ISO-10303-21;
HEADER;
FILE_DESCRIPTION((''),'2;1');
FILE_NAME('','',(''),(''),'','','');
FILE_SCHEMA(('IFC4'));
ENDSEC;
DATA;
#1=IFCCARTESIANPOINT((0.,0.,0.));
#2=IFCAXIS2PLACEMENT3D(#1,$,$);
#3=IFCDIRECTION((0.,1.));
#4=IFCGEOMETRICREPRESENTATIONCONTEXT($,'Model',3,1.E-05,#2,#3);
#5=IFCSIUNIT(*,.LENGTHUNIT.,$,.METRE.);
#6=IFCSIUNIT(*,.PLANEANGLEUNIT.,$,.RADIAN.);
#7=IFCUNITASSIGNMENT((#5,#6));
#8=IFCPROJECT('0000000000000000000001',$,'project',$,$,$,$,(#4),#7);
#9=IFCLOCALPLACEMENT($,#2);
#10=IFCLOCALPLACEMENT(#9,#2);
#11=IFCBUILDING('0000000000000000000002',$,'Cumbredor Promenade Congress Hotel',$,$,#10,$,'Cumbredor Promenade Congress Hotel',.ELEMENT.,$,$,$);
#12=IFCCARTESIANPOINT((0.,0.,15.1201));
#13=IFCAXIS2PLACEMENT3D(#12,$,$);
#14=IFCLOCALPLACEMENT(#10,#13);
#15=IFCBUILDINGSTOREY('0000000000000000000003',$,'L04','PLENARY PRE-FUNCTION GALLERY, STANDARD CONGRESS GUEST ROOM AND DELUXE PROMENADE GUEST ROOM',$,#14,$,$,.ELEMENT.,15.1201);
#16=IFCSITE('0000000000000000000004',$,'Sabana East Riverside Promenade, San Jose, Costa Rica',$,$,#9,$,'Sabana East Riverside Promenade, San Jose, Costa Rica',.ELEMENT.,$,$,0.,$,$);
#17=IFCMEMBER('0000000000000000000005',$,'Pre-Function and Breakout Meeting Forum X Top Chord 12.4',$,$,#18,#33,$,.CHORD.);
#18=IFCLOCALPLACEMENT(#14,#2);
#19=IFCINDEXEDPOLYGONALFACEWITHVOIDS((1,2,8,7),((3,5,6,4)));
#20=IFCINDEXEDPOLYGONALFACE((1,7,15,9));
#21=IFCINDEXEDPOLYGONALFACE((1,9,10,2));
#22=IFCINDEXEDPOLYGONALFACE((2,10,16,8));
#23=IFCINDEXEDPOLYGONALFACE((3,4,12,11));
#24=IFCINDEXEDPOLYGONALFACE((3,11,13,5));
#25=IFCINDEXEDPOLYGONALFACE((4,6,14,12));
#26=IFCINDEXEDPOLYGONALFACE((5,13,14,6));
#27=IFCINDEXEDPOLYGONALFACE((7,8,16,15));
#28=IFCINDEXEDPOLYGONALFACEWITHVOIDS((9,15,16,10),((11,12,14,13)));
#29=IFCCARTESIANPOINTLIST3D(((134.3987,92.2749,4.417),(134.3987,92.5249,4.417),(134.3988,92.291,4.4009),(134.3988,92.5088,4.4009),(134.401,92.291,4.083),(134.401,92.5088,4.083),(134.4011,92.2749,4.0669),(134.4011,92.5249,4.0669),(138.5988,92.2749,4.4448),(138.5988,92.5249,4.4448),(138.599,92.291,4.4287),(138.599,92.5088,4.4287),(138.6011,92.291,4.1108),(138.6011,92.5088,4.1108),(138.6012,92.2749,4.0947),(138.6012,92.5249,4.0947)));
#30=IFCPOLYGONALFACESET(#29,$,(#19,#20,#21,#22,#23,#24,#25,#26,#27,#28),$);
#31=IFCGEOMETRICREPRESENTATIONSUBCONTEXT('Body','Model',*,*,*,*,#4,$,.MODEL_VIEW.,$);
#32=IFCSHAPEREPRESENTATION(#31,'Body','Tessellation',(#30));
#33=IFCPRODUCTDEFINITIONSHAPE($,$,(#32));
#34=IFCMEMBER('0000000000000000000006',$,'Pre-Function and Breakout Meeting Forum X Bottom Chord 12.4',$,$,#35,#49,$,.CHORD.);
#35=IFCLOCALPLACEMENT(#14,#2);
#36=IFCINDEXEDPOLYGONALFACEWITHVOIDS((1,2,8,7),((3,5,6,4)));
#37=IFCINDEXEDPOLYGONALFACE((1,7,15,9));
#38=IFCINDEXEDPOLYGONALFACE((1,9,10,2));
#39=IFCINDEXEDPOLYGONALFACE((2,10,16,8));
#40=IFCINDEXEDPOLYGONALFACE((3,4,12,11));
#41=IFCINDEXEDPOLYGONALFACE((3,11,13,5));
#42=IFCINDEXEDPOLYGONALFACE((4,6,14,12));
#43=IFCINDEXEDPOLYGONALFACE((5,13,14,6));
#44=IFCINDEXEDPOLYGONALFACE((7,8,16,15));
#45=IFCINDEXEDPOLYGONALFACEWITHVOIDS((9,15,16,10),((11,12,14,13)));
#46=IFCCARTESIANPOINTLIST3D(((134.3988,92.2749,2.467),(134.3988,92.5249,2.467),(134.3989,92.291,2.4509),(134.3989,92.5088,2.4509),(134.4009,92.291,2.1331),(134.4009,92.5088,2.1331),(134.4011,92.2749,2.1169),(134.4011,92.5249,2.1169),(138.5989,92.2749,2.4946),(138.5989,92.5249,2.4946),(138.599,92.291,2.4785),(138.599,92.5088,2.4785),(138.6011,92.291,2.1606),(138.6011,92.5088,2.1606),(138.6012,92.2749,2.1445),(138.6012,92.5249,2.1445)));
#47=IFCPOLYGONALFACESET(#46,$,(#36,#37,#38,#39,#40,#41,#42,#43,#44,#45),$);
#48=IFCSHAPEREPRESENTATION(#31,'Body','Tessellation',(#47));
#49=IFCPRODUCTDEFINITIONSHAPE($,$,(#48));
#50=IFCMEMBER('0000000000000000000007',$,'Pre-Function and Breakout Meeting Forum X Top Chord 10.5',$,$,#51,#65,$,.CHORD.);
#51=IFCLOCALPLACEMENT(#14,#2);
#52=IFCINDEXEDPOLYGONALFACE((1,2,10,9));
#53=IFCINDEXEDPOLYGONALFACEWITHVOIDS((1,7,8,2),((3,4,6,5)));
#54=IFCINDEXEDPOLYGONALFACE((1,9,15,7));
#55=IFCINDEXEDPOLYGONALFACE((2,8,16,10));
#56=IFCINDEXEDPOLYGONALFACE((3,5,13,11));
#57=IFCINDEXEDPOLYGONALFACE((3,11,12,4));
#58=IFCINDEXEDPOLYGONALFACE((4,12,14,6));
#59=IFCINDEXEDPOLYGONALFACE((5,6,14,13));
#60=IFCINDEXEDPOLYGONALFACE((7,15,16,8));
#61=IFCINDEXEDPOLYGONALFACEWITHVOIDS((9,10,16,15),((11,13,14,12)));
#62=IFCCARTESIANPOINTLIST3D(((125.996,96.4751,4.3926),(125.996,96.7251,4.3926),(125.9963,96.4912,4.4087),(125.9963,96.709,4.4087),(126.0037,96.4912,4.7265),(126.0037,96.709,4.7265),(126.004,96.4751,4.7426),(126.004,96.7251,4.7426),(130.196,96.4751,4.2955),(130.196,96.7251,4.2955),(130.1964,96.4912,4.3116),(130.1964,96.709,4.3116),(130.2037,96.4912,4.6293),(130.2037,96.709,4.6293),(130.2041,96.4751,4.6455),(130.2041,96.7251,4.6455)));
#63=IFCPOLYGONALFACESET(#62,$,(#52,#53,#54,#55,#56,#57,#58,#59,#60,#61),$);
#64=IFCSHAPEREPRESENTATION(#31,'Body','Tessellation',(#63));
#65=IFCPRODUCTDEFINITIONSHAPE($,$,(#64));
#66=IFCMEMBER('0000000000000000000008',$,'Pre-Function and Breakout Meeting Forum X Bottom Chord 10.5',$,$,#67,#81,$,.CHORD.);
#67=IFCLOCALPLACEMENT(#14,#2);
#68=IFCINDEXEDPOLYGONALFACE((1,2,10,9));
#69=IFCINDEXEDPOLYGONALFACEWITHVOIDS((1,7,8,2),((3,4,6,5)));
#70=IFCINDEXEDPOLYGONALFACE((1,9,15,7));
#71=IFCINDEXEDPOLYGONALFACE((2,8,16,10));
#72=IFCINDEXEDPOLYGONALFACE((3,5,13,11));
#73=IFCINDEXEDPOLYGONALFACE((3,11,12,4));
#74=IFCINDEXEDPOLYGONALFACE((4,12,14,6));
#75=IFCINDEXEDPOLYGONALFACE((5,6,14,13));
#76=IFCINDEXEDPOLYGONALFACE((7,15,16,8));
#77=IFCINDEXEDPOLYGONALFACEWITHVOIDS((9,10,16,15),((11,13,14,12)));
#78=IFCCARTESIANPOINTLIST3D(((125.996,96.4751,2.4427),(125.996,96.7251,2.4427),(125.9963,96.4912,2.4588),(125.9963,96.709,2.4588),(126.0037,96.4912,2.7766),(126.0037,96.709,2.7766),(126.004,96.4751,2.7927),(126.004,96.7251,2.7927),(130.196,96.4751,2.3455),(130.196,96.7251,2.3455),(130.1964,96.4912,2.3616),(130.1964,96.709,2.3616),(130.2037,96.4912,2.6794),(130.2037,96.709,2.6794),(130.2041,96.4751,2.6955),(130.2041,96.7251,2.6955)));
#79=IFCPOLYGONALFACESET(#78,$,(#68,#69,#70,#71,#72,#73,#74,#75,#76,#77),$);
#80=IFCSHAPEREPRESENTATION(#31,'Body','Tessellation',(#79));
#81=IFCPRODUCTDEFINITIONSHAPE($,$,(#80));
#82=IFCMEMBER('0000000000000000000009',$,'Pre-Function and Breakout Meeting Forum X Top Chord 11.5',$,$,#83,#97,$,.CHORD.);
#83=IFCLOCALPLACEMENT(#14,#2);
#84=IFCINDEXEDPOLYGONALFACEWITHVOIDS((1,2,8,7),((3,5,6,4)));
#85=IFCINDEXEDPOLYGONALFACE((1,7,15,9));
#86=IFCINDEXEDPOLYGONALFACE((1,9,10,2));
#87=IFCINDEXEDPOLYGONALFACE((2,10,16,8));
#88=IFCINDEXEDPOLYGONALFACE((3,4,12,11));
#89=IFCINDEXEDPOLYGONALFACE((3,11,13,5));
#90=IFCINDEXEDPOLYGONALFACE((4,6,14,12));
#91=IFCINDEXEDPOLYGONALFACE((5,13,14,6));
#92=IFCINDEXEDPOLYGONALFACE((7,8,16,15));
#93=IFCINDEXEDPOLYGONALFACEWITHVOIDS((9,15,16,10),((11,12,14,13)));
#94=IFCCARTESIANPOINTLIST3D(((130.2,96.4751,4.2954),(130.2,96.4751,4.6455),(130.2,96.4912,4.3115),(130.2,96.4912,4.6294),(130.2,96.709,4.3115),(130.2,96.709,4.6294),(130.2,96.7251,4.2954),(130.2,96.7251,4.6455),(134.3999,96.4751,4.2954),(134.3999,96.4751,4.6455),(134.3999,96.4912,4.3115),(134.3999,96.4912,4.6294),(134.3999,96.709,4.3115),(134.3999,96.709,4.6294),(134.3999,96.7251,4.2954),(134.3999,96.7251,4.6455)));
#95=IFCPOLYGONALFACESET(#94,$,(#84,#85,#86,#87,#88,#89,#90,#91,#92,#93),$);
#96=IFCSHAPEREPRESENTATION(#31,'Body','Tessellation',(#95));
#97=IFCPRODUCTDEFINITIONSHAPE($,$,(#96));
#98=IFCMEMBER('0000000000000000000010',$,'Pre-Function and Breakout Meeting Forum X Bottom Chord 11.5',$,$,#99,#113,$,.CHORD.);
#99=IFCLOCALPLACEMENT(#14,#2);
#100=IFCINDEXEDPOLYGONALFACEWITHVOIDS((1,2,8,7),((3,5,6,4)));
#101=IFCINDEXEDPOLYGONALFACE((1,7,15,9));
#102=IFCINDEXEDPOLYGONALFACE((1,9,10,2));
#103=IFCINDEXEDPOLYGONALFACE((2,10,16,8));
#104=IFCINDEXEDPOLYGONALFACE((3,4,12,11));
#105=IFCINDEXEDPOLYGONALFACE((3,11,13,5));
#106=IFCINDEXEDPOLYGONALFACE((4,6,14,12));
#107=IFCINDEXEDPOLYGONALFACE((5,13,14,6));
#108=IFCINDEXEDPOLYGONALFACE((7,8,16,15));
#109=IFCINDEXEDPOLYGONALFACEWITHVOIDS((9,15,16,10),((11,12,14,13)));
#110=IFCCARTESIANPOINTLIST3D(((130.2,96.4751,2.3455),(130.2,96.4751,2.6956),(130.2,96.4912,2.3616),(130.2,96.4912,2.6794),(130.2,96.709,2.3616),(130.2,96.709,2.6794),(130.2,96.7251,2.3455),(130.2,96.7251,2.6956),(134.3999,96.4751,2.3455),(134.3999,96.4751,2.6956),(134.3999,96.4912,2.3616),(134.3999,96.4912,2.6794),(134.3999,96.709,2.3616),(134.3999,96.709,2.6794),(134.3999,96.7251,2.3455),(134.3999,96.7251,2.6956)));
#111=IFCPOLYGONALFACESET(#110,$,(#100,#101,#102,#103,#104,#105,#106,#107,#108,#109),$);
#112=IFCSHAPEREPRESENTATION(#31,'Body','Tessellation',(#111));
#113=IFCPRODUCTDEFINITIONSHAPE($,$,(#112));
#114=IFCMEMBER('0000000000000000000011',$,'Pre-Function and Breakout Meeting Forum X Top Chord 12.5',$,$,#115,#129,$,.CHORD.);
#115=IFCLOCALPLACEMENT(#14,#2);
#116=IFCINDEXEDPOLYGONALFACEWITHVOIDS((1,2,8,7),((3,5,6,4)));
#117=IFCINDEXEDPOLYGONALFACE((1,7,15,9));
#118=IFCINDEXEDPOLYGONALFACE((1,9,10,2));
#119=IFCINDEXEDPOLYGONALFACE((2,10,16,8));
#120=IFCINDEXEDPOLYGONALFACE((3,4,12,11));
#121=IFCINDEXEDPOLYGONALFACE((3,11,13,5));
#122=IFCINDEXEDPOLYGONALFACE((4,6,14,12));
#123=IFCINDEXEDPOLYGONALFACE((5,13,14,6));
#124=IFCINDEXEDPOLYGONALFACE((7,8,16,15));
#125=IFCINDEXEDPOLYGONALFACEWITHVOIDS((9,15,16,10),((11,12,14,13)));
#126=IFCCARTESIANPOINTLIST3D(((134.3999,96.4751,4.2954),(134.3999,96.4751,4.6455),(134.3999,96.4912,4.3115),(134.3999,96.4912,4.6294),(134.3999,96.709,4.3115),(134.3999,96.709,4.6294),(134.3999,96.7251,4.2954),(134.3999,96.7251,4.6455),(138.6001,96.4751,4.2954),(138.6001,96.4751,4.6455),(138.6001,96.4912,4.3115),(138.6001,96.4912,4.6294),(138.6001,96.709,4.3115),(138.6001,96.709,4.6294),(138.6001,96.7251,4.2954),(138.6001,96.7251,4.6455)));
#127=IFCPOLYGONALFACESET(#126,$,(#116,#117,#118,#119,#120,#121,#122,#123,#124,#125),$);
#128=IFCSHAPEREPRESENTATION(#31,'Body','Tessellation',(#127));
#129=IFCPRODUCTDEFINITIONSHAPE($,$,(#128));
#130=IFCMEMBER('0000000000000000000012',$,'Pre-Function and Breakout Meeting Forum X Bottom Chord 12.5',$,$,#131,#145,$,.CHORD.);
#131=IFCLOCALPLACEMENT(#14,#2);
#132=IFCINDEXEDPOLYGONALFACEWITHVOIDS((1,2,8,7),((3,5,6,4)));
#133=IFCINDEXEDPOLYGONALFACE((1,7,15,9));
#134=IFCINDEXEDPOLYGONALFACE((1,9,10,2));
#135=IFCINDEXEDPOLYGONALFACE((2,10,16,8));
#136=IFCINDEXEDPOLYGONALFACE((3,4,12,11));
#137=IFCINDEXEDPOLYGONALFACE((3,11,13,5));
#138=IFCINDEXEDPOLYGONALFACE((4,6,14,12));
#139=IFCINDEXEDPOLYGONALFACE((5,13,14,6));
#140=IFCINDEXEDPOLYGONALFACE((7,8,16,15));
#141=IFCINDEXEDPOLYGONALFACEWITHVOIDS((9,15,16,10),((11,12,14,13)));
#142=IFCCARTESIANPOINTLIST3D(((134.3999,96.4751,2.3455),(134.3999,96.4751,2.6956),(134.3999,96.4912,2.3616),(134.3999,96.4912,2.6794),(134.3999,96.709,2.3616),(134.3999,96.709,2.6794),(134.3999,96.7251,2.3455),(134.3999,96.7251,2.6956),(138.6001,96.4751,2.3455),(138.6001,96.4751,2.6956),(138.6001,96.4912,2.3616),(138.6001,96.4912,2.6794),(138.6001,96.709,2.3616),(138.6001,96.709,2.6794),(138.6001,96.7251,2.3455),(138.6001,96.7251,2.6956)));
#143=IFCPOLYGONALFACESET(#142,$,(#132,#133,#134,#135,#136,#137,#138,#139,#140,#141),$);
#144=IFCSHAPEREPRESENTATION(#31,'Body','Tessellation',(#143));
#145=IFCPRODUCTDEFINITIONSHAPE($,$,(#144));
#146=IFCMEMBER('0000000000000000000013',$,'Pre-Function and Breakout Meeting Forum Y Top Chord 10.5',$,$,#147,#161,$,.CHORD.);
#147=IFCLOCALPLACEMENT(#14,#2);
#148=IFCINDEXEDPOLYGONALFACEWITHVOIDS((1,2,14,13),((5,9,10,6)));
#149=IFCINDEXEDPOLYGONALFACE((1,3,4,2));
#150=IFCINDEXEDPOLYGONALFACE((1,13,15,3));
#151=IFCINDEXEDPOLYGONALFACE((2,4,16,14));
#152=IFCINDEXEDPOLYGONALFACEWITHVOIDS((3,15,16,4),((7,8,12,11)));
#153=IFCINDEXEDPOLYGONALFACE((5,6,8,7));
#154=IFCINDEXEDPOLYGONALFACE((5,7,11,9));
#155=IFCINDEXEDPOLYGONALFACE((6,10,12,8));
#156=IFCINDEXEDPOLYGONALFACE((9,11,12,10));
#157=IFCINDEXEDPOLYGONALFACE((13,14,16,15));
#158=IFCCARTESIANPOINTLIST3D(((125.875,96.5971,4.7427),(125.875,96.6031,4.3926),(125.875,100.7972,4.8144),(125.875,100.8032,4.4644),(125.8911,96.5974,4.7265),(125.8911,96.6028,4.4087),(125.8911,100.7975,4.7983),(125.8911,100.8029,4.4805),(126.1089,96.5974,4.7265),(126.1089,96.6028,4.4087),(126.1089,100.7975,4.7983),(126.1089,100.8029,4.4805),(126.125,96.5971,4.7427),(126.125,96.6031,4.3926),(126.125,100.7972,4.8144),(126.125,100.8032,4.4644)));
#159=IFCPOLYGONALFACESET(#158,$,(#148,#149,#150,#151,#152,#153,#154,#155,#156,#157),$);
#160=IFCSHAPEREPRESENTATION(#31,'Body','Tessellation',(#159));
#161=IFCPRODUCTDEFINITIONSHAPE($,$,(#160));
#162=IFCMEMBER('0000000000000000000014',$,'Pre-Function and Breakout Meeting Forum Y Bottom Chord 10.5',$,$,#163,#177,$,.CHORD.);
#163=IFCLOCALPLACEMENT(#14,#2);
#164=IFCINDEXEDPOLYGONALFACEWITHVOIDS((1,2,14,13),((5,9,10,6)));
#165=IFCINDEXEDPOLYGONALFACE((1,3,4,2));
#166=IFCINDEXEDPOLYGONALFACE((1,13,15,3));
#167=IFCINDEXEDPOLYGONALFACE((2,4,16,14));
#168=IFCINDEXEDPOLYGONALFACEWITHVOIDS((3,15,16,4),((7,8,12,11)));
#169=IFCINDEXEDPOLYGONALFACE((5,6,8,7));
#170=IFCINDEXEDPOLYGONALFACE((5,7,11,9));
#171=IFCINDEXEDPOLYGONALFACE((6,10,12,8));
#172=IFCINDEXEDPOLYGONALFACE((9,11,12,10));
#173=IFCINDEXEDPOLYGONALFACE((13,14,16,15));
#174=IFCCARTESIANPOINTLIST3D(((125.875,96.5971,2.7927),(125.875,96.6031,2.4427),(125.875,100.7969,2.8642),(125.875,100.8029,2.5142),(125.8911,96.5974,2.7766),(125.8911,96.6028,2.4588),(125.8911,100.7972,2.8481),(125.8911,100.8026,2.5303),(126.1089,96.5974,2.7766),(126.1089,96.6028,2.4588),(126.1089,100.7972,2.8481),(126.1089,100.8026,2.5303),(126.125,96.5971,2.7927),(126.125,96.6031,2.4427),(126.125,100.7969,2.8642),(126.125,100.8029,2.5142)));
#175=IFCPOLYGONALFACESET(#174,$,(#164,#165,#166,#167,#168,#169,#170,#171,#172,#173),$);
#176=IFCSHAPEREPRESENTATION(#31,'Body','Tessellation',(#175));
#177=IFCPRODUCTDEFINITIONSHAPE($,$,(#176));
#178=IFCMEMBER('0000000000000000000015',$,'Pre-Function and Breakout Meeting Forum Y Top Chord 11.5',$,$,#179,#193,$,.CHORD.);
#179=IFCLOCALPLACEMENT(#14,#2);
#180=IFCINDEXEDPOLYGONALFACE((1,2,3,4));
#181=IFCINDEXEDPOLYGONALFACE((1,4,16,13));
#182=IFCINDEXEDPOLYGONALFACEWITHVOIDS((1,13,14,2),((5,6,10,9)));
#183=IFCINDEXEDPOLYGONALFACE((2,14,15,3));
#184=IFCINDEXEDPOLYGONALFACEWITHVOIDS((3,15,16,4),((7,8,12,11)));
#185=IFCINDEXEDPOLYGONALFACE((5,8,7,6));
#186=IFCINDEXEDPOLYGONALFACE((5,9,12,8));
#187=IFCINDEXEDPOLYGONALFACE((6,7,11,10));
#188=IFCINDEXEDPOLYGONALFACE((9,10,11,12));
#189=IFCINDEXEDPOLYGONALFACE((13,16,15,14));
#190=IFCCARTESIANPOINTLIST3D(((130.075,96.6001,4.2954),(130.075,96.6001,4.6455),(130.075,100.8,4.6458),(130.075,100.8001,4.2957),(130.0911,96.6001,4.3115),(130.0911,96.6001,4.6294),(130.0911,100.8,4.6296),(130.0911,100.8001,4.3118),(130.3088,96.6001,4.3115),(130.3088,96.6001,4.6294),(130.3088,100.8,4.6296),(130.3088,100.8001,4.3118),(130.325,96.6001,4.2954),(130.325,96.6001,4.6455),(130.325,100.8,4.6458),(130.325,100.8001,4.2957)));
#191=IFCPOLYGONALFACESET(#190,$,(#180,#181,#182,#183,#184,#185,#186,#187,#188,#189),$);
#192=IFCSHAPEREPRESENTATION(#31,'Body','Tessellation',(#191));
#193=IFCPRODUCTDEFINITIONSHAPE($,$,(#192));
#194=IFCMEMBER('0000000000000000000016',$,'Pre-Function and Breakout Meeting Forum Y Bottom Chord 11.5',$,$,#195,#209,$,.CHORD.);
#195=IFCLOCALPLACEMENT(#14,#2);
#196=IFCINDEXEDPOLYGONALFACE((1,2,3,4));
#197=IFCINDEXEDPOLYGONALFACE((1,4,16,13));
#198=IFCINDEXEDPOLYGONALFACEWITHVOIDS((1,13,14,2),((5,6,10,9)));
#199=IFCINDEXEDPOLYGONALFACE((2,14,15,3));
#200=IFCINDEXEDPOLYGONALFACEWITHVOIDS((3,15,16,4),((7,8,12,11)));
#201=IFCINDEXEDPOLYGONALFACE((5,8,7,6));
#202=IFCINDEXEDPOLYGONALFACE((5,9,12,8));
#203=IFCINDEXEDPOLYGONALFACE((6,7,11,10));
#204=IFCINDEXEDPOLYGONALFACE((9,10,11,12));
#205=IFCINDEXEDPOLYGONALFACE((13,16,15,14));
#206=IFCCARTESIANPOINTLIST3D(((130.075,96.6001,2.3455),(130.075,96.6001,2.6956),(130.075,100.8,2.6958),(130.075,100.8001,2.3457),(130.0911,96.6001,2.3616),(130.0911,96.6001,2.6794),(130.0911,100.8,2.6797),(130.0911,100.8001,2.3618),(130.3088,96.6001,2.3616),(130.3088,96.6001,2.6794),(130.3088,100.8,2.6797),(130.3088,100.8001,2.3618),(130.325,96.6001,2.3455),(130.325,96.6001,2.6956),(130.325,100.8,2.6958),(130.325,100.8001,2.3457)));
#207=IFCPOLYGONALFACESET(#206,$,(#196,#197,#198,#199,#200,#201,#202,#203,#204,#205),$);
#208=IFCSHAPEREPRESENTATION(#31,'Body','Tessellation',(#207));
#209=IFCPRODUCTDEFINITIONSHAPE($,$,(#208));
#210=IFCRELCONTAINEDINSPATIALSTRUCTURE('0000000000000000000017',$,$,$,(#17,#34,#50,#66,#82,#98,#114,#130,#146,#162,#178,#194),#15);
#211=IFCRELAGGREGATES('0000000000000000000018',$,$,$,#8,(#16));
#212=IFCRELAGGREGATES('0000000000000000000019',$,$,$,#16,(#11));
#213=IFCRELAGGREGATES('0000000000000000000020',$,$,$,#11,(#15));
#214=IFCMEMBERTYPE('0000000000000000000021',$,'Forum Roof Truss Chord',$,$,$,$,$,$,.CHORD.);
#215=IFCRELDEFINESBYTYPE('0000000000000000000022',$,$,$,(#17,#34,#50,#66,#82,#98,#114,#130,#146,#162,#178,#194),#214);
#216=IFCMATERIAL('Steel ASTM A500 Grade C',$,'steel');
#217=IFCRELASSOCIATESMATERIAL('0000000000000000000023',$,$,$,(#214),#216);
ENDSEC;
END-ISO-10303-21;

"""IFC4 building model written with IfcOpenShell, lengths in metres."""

from ifc_helpers import new_model, si_unit, direction, frame, origin, origin_2d, place, context, subcontext, project, spatial, hollow_rectangle, extrude, material, material_profile, profile_set, type_object, element, save


model = new_model("IFC4")

# Units and contexts
model_context = context("Model", 3, precision=1e-05, world=origin(), true_north=direction((0.0, 1.0)))
body_context = subcontext(model_context, "Body", "Model", "MODEL_VIEW")
ifc_project = project(units=[si_unit("LENGTHUNIT", "METRE"), si_unit("PLANEANGLEUNIT", "RADIAN")], contexts=[model_context])

# Site, building, storey
site_placement = place(None, origin())
site = spatial("IfcSite", under=ifc_project, at=site_placement, Name="Sabana East Riverside Promenade, San Jose, Costa Rica", LongName="Sabana East Riverside Promenade, San Jose, Costa Rica", CompositionType="ELEMENT", RefElevation=0.0)
building_placement = place(site_placement, origin())
building = spatial("IfcBuilding", under=site, at=building_placement, Name="Cumbredor Promenade Congress Hotel", LongName="Cumbredor Promenade Congress Hotel", CompositionType="ELEMENT")
storey_placement = place(building_placement, frame((0.0, 0.0, 15.1201)))
storey = spatial("IfcBuildingStorey", under=building, at=storey_placement, Name="L04", Description="PLENARY PRE-FUNCTION GALLERY, STANDARD CONGRESS GUEST ROOM AND DELUXE PROMENADE GUEST ROOM", CompositionType="ELEMENT", Elevation=15.1201)

# Members
ifc_material_1 = material(Name="Steel ASTM A500 Grade C", Category="steel")
ifc_material_profile_1 = material_profile(ifc_material_1, hollow_rectangle(XDim=0.25, YDim=0.3501, WallThickness=0.0161, at=origin_2d()), Name="HSS 350x250x16")
ifc_profile_set_1 = profile_set([ifc_material_profile_1], Name="Steel ASTM A500 Grade C")
member_type_1 = type_object("IfcMemberType", Name="Forum Roof Truss Chord", PredefinedType="CHORD", material=ifc_profile_set_1)
for number, where, z_axis, x_axis, name in (
    (1, (134.3999, 92.3999, 4.2419), (0.999978, 0.0, 0.006626), (0.0, 1.0, 0.0), "Pre-Function and Breakout Meeting Forum X Top Chord 12.4"),
    (2, (134.3999, 92.3999, 2.292), (0.999978, 0.0, 0.006568), (0.0, 1.0, 0.0), "Pre-Function and Breakout Meeting Forum X Bottom Chord 12.4"),
):
    element("IfcMember", number, at=place(storey_placement, frame(where, z_axis=z_axis, x_axis=x_axis)), inside=storey, type_object=member_type_1, Name=name, PredefinedType="CHORD", context=body_context, shape_type="SweptSolid", body=[
        extrude(hollow_rectangle(XDim=0.25, YDim=0.3501, WallThickness=0.0161, at=origin_2d()), origin(), (0.0, 0.0, 1.0), 4.2002),
    ])
for number, where, z_axis, x_axis, name in (
    (3, (126.0, 96.6001, 4.5676), (0.999732, 0.0, -0.023129), (0.0, 1.0, 0.0), "Pre-Function and Breakout Meeting Forum X Top Chord 10.5"),
    (4, (126.0, 96.6001, 2.6177), (0.999732, 0.0, -0.023129), (0.0, 1.0, 0.0), "Pre-Function and Breakout Meeting Forum X Bottom Chord 10.5"),
):
    element("IfcMember", number, at=place(storey_placement, frame(where, z_axis=z_axis, x_axis=x_axis)), inside=storey, type_object=member_type_1, Name=name, PredefinedType="CHORD", context=body_context, shape_type="SweptSolid", body=[
        extrude(hollow_rectangle(XDim=0.25, YDim=0.3501, WallThickness=0.0161, at=origin_2d()), origin(), (0.0, 0.0, 1.0), 4.2012),
    ])
for number, where, z_axis, x_axis, name in (
    (5, (130.2, 96.6001, 4.4705), (1.0, 0.0, 0.0), (0.0, 1.0, 0.0), "Pre-Function and Breakout Meeting Forum X Top Chord 11.5"),
    (6, (130.2, 96.6001, 2.5205), (1.0, 0.0, 0.0), (0.0, 1.0, 0.0), "Pre-Function and Breakout Meeting Forum X Bottom Chord 11.5"),
):
    element("IfcMember", number, at=place(storey_placement, frame(where, z_axis=z_axis, x_axis=x_axis)), inside=storey, type_object=member_type_1, Name=name, PredefinedType="CHORD", context=body_context, shape_type="SweptSolid", body=[
        extrude(hollow_rectangle(XDim=0.25, YDim=0.3501, WallThickness=0.0161, at=origin_2d()), origin(), (0.0, 0.0, 1.0), 4.2),
    ])
for number, where, z_axis, x_axis, name in (
    (7, (134.3999, 96.6001, 4.4705), (1.0, 0.0, 0.0), (0.0, 1.0, 0.0), "Pre-Function and Breakout Meeting Forum X Top Chord 12.5"),
    (8, (134.3999, 96.6001, 2.5205), (1.0, 0.0, 0.0), (0.0, 1.0, 0.0), "Pre-Function and Breakout Meeting Forum X Bottom Chord 12.5"),
):
    element("IfcMember", number, at=place(storey_placement, frame(where, z_axis=z_axis, x_axis=x_axis)), inside=storey, type_object=member_type_1, Name=name, PredefinedType="CHORD", context=body_context, shape_type="SweptSolid", body=[
        extrude(hollow_rectangle(XDim=0.25, YDim=0.3501, WallThickness=0.0161, at=origin_2d()), origin(), (0.0, 0.0, 1.0), 4.2002),
    ])
member_1_placement = place(storey_placement, frame((126.0, 96.6001, 4.5676), z_axis=(0.0, 0.999854, 0.017088), x_axis=(-1.0, 0.0, 0.0)))
element("IfcMember", 9, at=member_1_placement, inside=storey, type_object=member_type_1, Name="Pre-Function and Breakout Meeting Forum Y Top Chord 10.5", PredefinedType="CHORD", context=body_context, shape_type="SweptSolid", body=[
    extrude(hollow_rectangle(XDim=0.25, YDim=0.3501, WallThickness=0.0161, at=origin_2d()), origin(), (0.0, 0.0, 1.0), 4.2007),
])
member_2_placement = place(storey_placement, frame((126.0, 96.6001, 2.6177), z_axis=(0.0, 0.999855, 0.017029), x_axis=(-1.0, 0.0, 0.0)))
element("IfcMember", 10, at=member_2_placement, inside=storey, type_object=member_type_1, Name="Pre-Function and Breakout Meeting Forum Y Bottom Chord 10.5", PredefinedType="CHORD", context=body_context, shape_type="SweptSolid", body=[
    extrude(hollow_rectangle(XDim=0.25, YDim=0.3501, WallThickness=0.0161, at=origin_2d()), origin(), (0.0, 0.0, 1.0), 4.2004),
])
for number, where, z_axis, x_axis, name in (
    (11, (130.2, 96.6001, 4.4705), (0.0, 1.0, 0.000058), (-1.0, 0.0, 0.0), "Pre-Function and Breakout Meeting Forum Y Top Chord 11.5"),
    (12, (130.2, 96.6001, 2.5205), (0.0, 1.0, 0.000058), (-1.0, 0.0, 0.0), "Pre-Function and Breakout Meeting Forum Y Bottom Chord 11.5"),
):
    element("IfcMember", number, at=place(storey_placement, frame(where, z_axis=z_axis, x_axis=x_axis)), inside=storey, type_object=member_type_1, Name=name, PredefinedType="CHORD", context=body_context, shape_type="SweptSolid", body=[
        extrude(hollow_rectangle(XDim=0.25, YDim=0.3501, WallThickness=0.0161, at=origin_2d()), origin(), (0.0, 0.0, 1.0), 4.2),
    ])

save(model, "model.ifc")
